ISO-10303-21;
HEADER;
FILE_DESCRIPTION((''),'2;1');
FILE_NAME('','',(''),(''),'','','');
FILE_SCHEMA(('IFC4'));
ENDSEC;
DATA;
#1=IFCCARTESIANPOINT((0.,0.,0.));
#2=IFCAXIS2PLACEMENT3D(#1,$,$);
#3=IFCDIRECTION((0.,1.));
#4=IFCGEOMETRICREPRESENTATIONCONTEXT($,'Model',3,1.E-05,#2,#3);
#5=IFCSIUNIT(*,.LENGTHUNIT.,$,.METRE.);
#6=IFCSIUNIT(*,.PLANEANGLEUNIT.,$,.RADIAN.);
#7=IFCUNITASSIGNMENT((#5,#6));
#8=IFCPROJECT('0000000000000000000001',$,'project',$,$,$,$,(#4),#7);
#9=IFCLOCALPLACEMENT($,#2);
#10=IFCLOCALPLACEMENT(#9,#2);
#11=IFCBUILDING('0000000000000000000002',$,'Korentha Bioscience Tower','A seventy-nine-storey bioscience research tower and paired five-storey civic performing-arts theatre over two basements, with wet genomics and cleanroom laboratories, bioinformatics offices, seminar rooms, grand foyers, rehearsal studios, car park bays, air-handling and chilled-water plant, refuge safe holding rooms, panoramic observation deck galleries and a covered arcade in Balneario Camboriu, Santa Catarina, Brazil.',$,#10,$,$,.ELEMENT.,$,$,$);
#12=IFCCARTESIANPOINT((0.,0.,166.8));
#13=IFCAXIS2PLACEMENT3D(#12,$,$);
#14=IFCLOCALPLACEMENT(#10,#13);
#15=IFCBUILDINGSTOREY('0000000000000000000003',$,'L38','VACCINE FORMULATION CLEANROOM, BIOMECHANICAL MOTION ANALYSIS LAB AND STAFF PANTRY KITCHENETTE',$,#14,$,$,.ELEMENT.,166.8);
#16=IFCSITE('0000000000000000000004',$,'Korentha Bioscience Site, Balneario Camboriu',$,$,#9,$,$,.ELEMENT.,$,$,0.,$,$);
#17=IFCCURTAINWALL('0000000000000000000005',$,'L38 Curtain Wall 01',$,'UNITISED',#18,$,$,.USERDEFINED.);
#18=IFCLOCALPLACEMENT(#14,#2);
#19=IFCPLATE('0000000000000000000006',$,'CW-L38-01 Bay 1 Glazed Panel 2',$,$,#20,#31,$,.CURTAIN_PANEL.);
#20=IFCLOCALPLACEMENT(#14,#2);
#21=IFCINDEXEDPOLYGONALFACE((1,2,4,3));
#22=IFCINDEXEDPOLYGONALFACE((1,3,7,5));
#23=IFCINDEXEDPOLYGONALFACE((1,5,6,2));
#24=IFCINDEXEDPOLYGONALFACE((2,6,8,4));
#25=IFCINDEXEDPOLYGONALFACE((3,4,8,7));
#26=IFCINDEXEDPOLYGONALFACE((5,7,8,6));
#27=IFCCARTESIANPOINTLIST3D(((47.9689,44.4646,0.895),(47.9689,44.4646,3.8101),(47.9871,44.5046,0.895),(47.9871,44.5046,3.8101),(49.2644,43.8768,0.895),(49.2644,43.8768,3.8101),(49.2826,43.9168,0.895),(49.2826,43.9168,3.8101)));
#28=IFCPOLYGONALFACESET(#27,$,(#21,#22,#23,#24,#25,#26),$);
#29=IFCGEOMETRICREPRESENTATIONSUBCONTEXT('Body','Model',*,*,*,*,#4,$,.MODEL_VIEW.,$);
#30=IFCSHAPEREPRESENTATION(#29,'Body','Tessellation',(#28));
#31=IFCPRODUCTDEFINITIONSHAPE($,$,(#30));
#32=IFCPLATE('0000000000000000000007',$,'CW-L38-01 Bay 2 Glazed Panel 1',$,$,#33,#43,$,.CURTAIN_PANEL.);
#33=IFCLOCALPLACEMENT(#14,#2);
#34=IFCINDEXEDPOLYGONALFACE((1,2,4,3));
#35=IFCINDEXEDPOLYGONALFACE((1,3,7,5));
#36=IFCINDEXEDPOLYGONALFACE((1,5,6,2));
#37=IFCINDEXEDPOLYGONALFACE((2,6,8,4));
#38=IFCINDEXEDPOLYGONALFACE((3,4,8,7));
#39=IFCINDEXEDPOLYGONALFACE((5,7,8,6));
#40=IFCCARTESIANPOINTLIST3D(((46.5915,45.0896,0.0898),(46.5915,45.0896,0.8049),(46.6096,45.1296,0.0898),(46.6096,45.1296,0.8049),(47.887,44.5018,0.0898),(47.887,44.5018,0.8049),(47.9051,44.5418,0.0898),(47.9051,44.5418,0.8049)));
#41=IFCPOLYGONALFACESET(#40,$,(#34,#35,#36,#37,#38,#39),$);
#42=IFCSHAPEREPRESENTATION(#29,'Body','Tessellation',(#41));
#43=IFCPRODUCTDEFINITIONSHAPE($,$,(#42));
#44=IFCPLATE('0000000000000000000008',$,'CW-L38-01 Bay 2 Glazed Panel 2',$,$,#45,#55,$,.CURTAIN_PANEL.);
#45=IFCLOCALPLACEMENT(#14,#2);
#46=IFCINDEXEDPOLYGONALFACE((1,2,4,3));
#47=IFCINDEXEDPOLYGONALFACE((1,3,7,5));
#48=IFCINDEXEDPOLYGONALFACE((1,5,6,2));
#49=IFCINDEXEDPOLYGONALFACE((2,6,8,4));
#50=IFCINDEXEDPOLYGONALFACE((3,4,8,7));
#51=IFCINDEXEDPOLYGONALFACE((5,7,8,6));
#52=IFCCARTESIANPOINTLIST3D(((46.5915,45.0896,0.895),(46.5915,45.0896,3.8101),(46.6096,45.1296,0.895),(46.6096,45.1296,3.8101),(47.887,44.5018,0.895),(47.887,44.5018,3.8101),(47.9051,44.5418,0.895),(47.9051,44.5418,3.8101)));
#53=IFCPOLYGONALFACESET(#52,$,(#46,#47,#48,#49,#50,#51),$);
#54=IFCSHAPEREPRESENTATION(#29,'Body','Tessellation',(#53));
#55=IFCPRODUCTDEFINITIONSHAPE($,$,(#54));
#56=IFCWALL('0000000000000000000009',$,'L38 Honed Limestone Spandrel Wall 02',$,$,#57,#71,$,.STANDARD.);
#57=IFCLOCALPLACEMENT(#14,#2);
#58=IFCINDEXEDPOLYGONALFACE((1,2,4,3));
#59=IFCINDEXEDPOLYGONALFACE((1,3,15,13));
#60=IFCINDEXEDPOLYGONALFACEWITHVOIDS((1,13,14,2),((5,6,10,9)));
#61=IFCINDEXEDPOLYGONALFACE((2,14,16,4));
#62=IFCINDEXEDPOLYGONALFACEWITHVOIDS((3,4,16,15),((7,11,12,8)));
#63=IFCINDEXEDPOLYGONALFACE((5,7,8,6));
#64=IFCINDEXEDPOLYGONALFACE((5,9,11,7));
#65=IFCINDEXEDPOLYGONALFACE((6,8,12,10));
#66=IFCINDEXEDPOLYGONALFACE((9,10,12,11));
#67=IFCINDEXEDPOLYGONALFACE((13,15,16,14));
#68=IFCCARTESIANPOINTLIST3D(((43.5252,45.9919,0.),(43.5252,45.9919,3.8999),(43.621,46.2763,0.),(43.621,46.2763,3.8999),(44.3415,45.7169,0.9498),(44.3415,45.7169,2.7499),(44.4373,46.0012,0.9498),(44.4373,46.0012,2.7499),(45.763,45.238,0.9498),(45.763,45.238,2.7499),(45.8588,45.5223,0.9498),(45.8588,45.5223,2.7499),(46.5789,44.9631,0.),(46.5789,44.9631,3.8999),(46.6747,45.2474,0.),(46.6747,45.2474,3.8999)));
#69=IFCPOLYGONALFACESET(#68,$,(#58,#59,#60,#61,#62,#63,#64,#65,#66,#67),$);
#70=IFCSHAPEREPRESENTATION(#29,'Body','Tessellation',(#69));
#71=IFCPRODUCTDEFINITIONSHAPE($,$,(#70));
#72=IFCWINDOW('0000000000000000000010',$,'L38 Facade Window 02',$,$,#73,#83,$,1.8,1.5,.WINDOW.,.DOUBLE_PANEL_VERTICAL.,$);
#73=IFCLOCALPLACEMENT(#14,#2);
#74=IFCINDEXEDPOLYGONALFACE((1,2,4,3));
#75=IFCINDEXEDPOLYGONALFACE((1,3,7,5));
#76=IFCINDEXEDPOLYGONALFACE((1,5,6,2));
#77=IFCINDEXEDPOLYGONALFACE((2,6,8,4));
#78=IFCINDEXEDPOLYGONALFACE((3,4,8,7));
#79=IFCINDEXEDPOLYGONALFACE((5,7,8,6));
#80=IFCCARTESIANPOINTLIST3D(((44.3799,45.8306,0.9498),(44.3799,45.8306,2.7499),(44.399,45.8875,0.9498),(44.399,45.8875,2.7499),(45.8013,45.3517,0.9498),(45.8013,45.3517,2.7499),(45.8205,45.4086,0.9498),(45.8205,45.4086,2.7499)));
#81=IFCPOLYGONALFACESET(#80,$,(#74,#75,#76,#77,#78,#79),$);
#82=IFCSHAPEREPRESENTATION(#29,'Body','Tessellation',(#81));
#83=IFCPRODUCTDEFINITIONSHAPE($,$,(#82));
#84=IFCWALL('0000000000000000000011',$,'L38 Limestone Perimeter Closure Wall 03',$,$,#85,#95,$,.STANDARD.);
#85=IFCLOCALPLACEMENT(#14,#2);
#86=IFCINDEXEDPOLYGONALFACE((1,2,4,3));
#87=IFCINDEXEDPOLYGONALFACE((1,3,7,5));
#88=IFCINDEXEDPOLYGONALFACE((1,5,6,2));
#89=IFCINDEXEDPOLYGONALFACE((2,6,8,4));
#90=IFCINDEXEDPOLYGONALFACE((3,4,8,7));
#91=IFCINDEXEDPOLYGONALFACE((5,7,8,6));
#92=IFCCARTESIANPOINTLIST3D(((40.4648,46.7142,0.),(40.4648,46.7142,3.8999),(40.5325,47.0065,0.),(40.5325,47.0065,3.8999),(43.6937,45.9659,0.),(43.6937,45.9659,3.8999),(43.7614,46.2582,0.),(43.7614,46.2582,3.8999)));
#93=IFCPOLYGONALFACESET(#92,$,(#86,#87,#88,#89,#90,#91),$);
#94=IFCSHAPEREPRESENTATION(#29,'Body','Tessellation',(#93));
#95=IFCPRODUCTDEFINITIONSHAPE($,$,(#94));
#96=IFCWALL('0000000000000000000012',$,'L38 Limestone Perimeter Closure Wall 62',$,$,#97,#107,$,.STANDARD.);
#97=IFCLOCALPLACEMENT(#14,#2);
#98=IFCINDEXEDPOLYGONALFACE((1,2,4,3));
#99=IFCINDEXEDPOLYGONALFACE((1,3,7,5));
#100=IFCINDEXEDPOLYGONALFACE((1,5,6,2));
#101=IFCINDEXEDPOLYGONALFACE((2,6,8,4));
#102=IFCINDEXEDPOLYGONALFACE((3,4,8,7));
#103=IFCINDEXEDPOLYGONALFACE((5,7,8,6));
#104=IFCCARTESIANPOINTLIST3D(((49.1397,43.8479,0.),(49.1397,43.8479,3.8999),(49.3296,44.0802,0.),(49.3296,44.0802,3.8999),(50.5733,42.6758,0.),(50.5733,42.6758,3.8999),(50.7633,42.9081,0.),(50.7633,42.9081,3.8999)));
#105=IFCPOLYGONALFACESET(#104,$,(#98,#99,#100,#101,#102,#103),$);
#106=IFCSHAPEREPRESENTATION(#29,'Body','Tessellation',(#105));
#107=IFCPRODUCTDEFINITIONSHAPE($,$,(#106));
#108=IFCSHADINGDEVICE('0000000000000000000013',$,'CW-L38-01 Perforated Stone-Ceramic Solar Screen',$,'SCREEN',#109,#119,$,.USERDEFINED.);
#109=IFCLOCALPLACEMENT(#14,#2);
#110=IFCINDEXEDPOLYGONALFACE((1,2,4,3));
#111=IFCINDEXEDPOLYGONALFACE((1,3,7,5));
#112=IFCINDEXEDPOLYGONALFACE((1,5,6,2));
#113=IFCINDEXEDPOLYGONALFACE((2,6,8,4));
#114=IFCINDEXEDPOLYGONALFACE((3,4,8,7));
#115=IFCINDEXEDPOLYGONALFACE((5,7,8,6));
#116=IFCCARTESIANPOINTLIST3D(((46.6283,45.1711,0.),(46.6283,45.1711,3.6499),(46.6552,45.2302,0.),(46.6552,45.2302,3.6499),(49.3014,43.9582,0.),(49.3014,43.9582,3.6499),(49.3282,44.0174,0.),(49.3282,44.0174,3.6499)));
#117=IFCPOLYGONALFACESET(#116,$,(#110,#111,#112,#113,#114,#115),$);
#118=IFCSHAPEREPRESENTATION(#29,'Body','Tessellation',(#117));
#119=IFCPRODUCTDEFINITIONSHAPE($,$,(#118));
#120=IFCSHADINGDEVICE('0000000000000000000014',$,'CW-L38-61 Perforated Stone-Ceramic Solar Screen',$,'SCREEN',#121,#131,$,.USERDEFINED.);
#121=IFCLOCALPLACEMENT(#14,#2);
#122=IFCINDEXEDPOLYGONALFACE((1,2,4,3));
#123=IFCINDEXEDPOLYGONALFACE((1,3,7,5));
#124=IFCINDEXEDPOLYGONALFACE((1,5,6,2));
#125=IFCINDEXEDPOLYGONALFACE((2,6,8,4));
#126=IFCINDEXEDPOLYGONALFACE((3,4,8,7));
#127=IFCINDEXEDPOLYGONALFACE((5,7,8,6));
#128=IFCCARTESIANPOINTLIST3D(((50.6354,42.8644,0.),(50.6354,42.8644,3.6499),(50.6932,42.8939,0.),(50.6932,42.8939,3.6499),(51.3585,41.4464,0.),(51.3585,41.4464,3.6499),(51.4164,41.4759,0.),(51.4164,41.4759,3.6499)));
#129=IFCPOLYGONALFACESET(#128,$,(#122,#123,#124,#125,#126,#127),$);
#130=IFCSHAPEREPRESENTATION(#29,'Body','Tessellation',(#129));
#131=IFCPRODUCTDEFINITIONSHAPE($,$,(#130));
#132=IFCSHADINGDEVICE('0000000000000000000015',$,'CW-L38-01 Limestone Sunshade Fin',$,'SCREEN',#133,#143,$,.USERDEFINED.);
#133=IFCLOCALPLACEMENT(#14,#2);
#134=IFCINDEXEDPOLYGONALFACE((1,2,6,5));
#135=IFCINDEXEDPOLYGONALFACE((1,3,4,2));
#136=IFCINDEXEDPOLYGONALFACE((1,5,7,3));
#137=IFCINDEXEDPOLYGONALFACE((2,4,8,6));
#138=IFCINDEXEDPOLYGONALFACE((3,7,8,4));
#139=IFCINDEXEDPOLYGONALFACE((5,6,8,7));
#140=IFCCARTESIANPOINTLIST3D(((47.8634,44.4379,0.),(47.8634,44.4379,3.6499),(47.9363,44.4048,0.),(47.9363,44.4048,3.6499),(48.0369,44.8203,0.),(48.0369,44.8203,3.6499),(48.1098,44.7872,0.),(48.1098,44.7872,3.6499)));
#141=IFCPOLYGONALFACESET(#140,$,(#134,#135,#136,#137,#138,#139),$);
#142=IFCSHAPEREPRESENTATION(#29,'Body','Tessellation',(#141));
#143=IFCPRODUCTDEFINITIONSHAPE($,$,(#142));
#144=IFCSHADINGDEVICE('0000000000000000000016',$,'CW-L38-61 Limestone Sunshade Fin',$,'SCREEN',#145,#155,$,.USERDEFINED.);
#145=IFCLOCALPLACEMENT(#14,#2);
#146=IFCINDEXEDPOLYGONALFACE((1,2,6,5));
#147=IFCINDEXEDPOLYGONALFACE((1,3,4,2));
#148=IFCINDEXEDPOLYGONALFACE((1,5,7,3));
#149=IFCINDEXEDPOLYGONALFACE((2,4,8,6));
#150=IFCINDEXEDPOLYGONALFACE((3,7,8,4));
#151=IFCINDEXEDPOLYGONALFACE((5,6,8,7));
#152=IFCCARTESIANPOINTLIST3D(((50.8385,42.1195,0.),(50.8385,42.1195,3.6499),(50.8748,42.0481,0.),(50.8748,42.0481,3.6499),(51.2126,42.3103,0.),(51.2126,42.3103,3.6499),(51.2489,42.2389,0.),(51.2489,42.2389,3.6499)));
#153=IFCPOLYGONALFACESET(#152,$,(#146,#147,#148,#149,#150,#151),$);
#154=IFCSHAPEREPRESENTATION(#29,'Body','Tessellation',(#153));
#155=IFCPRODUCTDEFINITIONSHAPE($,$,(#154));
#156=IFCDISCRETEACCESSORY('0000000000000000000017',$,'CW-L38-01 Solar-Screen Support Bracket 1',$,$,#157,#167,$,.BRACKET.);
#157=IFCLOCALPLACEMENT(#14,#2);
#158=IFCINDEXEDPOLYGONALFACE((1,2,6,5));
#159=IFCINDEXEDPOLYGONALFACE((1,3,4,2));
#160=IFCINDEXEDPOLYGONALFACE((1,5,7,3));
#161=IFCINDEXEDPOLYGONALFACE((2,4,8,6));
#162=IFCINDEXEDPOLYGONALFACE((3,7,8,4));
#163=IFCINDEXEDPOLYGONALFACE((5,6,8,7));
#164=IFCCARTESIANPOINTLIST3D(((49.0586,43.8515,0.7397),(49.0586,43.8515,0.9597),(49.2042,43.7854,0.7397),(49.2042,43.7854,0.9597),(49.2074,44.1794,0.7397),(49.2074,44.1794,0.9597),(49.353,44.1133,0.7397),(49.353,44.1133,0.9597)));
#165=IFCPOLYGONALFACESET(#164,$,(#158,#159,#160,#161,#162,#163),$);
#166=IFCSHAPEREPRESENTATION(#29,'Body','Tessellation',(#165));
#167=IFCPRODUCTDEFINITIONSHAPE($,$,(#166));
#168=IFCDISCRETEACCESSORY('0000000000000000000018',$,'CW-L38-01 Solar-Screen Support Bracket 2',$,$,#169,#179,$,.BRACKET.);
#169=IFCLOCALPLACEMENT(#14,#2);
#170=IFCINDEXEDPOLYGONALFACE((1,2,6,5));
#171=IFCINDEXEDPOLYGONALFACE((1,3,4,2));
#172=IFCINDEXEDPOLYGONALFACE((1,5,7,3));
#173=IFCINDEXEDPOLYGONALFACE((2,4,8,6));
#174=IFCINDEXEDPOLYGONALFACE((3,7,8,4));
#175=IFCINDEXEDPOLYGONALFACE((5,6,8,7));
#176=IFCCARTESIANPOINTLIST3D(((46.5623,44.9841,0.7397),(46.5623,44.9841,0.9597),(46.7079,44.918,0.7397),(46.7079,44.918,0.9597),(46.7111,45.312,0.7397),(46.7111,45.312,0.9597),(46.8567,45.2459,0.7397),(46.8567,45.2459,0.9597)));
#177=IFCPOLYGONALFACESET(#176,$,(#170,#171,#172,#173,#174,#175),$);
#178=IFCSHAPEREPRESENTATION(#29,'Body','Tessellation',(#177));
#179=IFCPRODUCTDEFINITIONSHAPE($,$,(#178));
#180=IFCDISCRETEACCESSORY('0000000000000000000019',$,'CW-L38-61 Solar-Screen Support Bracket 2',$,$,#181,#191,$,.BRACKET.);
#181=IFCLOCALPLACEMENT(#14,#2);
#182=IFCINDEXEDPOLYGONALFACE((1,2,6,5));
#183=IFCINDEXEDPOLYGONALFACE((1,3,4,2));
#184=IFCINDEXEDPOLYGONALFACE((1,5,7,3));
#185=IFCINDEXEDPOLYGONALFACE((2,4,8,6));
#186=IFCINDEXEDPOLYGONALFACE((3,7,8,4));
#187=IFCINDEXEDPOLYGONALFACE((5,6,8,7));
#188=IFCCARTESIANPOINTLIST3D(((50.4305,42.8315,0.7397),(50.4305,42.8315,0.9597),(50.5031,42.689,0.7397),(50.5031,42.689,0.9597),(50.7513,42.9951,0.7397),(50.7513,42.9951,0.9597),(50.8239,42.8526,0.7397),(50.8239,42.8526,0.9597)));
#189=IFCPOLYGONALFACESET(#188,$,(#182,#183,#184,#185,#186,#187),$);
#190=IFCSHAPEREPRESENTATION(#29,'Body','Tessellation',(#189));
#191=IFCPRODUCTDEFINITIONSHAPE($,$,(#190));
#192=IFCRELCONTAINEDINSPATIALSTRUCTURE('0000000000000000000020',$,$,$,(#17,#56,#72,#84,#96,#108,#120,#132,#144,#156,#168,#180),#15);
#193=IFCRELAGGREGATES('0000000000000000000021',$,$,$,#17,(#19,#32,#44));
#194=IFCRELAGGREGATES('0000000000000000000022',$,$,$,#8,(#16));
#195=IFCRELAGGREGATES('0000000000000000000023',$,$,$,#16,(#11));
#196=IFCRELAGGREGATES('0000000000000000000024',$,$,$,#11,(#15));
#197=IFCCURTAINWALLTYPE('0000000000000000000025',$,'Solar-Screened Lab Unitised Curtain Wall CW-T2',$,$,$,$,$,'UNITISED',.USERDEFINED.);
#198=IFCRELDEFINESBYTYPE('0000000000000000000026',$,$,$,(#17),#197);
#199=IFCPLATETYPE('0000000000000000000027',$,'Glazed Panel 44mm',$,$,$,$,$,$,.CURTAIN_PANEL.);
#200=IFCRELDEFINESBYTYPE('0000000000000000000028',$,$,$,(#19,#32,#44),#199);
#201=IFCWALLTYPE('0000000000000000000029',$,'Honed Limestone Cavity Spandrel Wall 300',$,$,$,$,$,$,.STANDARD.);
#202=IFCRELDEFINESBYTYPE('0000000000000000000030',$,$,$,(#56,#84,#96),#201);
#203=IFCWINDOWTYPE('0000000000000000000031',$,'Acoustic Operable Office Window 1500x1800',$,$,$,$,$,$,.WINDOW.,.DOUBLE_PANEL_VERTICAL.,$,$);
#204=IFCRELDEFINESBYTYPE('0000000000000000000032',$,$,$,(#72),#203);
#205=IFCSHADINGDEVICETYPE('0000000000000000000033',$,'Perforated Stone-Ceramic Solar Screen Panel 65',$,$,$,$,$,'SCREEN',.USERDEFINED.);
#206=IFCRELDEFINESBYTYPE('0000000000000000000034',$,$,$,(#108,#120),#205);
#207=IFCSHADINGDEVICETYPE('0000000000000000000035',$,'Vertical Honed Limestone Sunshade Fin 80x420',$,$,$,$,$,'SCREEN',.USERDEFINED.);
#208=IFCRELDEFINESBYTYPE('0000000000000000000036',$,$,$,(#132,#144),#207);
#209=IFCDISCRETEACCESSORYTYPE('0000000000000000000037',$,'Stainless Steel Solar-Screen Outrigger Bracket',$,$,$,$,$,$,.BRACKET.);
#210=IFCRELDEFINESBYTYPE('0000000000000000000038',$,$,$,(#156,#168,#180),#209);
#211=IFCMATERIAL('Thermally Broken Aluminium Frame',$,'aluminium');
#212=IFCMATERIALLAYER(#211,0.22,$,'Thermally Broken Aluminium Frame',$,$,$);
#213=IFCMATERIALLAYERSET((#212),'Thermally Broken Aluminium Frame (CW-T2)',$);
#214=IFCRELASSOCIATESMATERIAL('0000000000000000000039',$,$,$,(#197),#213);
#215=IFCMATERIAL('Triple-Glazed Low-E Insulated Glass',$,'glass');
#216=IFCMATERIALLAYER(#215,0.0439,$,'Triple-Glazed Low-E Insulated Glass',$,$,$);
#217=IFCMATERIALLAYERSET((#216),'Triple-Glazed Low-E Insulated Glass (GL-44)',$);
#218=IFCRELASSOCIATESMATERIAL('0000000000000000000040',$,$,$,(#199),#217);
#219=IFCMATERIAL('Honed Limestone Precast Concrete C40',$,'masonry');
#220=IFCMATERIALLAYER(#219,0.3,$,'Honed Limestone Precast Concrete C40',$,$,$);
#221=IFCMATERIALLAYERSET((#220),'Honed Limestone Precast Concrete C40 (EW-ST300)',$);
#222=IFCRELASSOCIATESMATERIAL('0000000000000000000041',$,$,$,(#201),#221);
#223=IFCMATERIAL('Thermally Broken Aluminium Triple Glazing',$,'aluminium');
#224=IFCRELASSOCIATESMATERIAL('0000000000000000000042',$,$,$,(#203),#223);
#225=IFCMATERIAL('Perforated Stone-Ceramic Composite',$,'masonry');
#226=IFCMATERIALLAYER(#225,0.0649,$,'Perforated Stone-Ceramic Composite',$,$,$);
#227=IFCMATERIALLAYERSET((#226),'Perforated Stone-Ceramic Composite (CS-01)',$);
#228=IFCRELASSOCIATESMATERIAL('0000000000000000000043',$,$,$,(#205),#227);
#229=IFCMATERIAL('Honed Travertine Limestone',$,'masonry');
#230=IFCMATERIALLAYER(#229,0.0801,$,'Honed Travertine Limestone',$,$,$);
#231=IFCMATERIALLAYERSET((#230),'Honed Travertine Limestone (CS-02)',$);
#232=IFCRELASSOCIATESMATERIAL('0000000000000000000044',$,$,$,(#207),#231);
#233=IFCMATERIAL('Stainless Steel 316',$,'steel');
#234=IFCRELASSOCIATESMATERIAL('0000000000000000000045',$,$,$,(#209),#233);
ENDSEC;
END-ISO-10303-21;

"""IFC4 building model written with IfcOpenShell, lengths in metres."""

from ifc_helpers import new_model, si_unit, direction, frame, frame_2d, origin, origin_2d, place, context, subcontext, project, spatial, rectangle, extrude, material, layer, layer_set, type_object, element, fill, aggregate, save


model = new_model("IFC4")

# Units and contexts
model_context = context("Model", 3, precision=1e-05, world=origin(), true_north=direction((0.0, 1.0)))
body_context = subcontext(model_context, "Body", "Model", "MODEL_VIEW")
ifc_project = project(units=[si_unit("LENGTHUNIT", "METRE"), si_unit("PLANEANGLEUNIT", "RADIAN")], contexts=[model_context])

# Site, building, storey
site_placement = place(None, origin())
site = spatial("IfcSite", under=ifc_project, at=site_placement, Name="Korentha Bioscience Site, Balneario Camboriu", CompositionType="ELEMENT", RefElevation=0.0)
building_placement = place(site_placement, origin())
building = spatial("IfcBuilding", under=site, at=building_placement, Name="Korentha Bioscience Tower", Description="A seventy-nine-storey bioscience research tower and paired five-storey civic performing-arts theatre over two basements, with wet genomics and cleanroom laboratories, bioinformatics offices, seminar rooms, grand foyers, rehearsal studios, car park bays, air-handling and chilled-water plant, refuge safe holding rooms, panoramic observation deck galleries and a covered arcade in Balneario Camboriu, Santa Catarina, Brazil.", CompositionType="ELEMENT")
storey_placement = place(building_placement, frame((0.0, 0.0, 166.8)))
storey = spatial("IfcBuildingStorey", under=building, at=storey_placement, Name="L38", Description="VACCINE FORMULATION CLEANROOM, BIOMECHANICAL MOTION ANALYSIS LAB AND STAFF PANTRY KITCHENETTE", CompositionType="ELEMENT", Elevation=166.8)

# Curtain wall
ifc_material_1 = material(Name="Thermally Broken Aluminium Frame", Category="aluminium")
ifc_layer_1 = layer(ifc_material_1, 0.22, Name="Thermally Broken Aluminium Frame")
ifc_layer_set_1 = layer_set([ifc_layer_1], Name="Thermally Broken Aluminium Frame (CW-T2)")
curtain_wall_type = type_object("IfcCurtainWallType", Name="Solar-Screened Lab Unitised Curtain Wall CW-T2", ElementType="UNITISED", PredefinedType="USERDEFINED", material=ifc_layer_set_1)
curtain_wall_1_placement = place(storey_placement, origin())
curtain_wall_1 = element("IfcCurtainWall", 1, at=curtain_wall_1_placement, inside=storey, type_object=curtain_wall_type, Name="L38 Curtain Wall 01", ObjectType="UNITISED", PredefinedType="USERDEFINED")

# Plates
ifc_material_2 = material(Name="Triple-Glazed Low-E Insulated Glass", Category="glass")
ifc_layer_2 = layer(ifc_material_2, 0.0439, Name="Triple-Glazed Low-E Insulated Glass")
ifc_layer_set_2 = layer_set([ifc_layer_2], Name="Triple-Glazed Low-E Insulated Glass (GL-44)")
plate_type = type_object("IfcPlateType", Name="Glazed Panel 44mm", PredefinedType="CURTAIN_PANEL", material=ifc_layer_set_2)
plate_1_placement = place(storey_placement, frame((48.6257, 44.1907, 0.895), z_axis=(0.0, 0.0, 1.0), x_axis=(-0.910644, 0.413191, 0.0)))
plate_1 = element("IfcPlate", 2, at=plate_1_placement, type_object=plate_type, Name="CW-L38-01 Bay 1 Glazed Panel 2", PredefinedType="CURTAIN_PANEL", context=body_context, shape_type="SweptSolid", body=[
    extrude(rectangle(XDim=1.4226, YDim=0.0439, at=origin_2d()), origin(), (0.0, 0.0, 1.0), 2.915),
])
plate_2_placement = place(storey_placement, frame((47.2483, 44.8157, 0.0898), z_axis=(0.0, 0.0, 1.0), x_axis=(-0.910644, 0.413191, 0.0)))
plate_2 = element("IfcPlate", 3, at=plate_2_placement, type_object=plate_type, Name="CW-L38-01 Bay 2 Glazed Panel 1", PredefinedType="CURTAIN_PANEL", context=body_context, shape_type="SweptSolid", body=[
    extrude(rectangle(XDim=1.4226, YDim=0.0439, at=origin_2d()), origin(), (0.0, 0.0, 1.0), 0.7151),
])
plate_3_placement = place(storey_placement, frame((47.2483, 44.8157, 0.895), z_axis=(0.0, 0.0, 1.0), x_axis=(-0.910644, 0.413191, 0.0)))
plate_3 = element("IfcPlate", 4, at=plate_3_placement, type_object=plate_type, Name="CW-L38-01 Bay 2 Glazed Panel 2", PredefinedType="CURTAIN_PANEL", context=body_context, shape_type="SweptSolid", body=[
    extrude(rectangle(XDim=1.4226, YDim=0.0439, at=origin_2d()), origin(), (0.0, 0.0, 1.0), 2.915),
])
aggregate(curtain_wall_1, [plate_1, plate_2, plate_3])

# Wall, opening, window
ifc_material_3 = material(Name="Honed Limestone Precast Concrete C40", Category="masonry")
ifc_layer_3 = layer(ifc_material_3, 0.3, Name="Honed Limestone Precast Concrete C40")
ifc_layer_set_3 = layer_set([ifc_layer_3], Name="Honed Limestone Precast Concrete C40 (EW-ST300)")
wall_type = type_object("IfcWallType", Name="Honed Limestone Cavity Spandrel Wall 300", PredefinedType="STANDARD", material=ifc_layer_set_3)
wall_1_placement = place(storey_placement, frame((46.627, 45.1052, 0.0), z_axis=(0.0, 0.0, 1.0), x_axis=(-0.947663, 0.319272, 0.0)))
wall_1 = element("IfcWall", 5, at=wall_1_placement, inside=storey, type_object=wall_type, Name="L38 Honed Limestone Spandrel Wall 02", PredefinedType="STANDARD", context=body_context, shape_type="SweptSolid", body=[
    extrude(rectangle(XDim=3.2224, YDim=0.3, at=frame_2d((1.6113, 0.0))), origin(), (0.0, 0.0, 1.0), 3.8999),
])
opening_placement = place(wall_1_placement, frame((0.8611, 0.0, 0.95)))
opening = element("IfcOpeningElement", 6, at=opening_placement, cuts=wall_1, PredefinedType="OPENING", context=body_context, shape_type="SweptSolid", body=[
    extrude(rectangle(XDim=1.5, YDim=1.8, at=frame_2d((0.75, 0.8999))), frame((0.0, 0.165, 0.0), z_axis=(0.0, -1.0, 0.0), x_axis=(1.0, 0.0, 0.0)), (0.0, 0.0, 1.0), 0.3298),
])
ifc_material_4 = material(Name="Thermally Broken Aluminium Triple Glazing", Category="aluminium")
window_type = type_object("IfcWindowType", Name="Acoustic Operable Office Window 1500x1800", PartitioningType="DOUBLE_PANEL_VERTICAL", PredefinedType="WINDOW", material=ifc_material_4)
window_placement = place(opening_placement, origin())
window = element("IfcWindow", 7, at=window_placement, inside=storey, type_object=window_type, Name="L38 Facade Window 02", OverallHeight=1.8, OverallWidth=1.5, PartitioningType="DOUBLE_PANEL_VERTICAL", PredefinedType="WINDOW", context=body_context, shape_type="SweptSolid", body=[
    extrude(rectangle(XDim=1.5, YDim=1.8, at=frame_2d((0.75, 0.8999))), frame((0.0, 0.03, 0.0), z_axis=(0.0, -1.0, 0.0), x_axis=(1.0, 0.0, 0.0)), (0.0, 0.0, 1.0), 0.0601),
])
fill(opening, window)

# Walls
wall_2_placement = place(storey_placement, frame((43.7275, 46.1121, 0.0), z_axis=(0.0, 0.0, 1.0), x_axis=(-0.97418, 0.225774, 0.0)))
element("IfcWall", 8, at=wall_2_placement, inside=storey, type_object=wall_type, Name="L38 Limestone Perimeter Closure Wall 03", PredefinedType="STANDARD", context=body_context, shape_type="SweptSolid", body=[
    extrude(rectangle(XDim=3.3145, YDim=0.3, at=frame_2d((1.6572, 0.0))), origin(), (0.0, 0.0, 1.0), 3.8999),
])
wall_3_placement = place(storey_placement, frame((50.6682, 42.792, 0.0), z_axis=(0.0, 0.0, 1.0), x_axis=(-0.774175, 0.632972, 0.0)))
element("IfcWall", 9, at=wall_3_placement, inside=storey, type_object=wall_type, Name="L38 Limestone Perimeter Closure Wall 62", PredefinedType="STANDARD", context=body_context, shape_type="SweptSolid", body=[
    extrude(rectangle(XDim=1.8518, YDim=0.3, at=frame_2d((0.9258, 0.0))), origin(), (0.0, 0.0, 1.0), 3.8999),
])

# Shading devices
ifc_material_5 = material(Name="Perforated Stone-Ceramic Composite", Category="masonry")
ifc_layer_4 = layer(ifc_material_5, 0.0649, Name="Perforated Stone-Ceramic Composite")
ifc_layer_set_4 = layer_set([ifc_layer_4], Name="Perforated Stone-Ceramic Composite (CS-01)")
shading_device_type_1 = type_object("IfcShadingDeviceType", Name="Perforated Stone-Ceramic Solar Screen Panel 65", ElementType="SCREEN", PredefinedType="USERDEFINED", material=ifc_layer_set_4)
shading_device_1_placement = place(storey_placement, frame((47.9783, 44.5942, 0.0), z_axis=(0.0, 0.0, 1.0), x_axis=(-0.910644, 0.413191, 0.0)))
element("IfcShadingDevice", 10, at=shading_device_1_placement, inside=storey, type_object=shading_device_type_1, Name="CW-L38-01 Perforated Stone-Ceramic Solar Screen", ObjectType="SCREEN", PredefinedType="USERDEFINED", context=body_context, shape_type="SweptSolid", body=[
    extrude(rectangle(XDim=2.9353, YDim=0.0649, at=origin_2d()), origin(), (0.0, 0.0, 1.0), 3.6499),
])
shading_device_2_placement = place(storey_placement, frame((51.0259, 42.1702, 0.0), z_axis=(0.0, 0.0, 1.0), x_axis=(-0.454288, 0.890855, 0.0)))
element("IfcShadingDevice", 11, at=shading_device_2_placement, inside=storey, type_object=shading_device_type_1, Name="CW-L38-61 Perforated Stone-Ceramic Solar Screen", ObjectType="SCREEN", PredefinedType="USERDEFINED", context=body_context, shape_type="SweptSolid", body=[
    extrude(rectangle(XDim=1.5918, YDim=0.0649, at=origin_2d()), origin(), (0.0, 0.0, 1.0), 3.6499),
])
ifc_material_6 = material(Name="Honed Travertine Limestone", Category="masonry")
ifc_layer_5 = layer(ifc_material_6, 0.0801, Name="Honed Travertine Limestone")
ifc_layer_set_5 = layer_set([ifc_layer_5], Name="Honed Travertine Limestone (CS-02)")
shading_device_type_2 = type_object("IfcShadingDeviceType", Name="Vertical Honed Limestone Sunshade Fin 80x420", ElementType="SCREEN", PredefinedType="USERDEFINED", material=ifc_layer_set_5)
for number, where, z_axis, x_axis, name in (
    (12, (47.9866, 44.6125, 0.0), (0.0, 0.0, 1.0), (-0.910644, 0.413191, 0.0), "CW-L38-01 Limestone Sunshade Fin"),
    (13, (51.0437, 42.1792, 0.0), (0.0, 0.0, 1.0), (-0.454288, 0.890855, 0.0), "CW-L38-61 Limestone Sunshade Fin"),
):
    element("IfcShadingDevice", number, at=place(storey_placement, frame(where, z_axis=z_axis, x_axis=x_axis)), inside=storey, type_object=shading_device_type_2, Name=name, ObjectType="SCREEN", PredefinedType="USERDEFINED", context=body_context, shape_type="SweptSolid", body=[
        extrude(rectangle(XDim=0.0801, YDim=0.4199, at=origin_2d()), origin(), (0.0, 0.0, 1.0), 3.6499),
    ])

# Discrete accessories
ifc_material_7 = material(Name="Stainless Steel 316", Category="steel")
discrete_accessory_type = type_object("IfcDiscreteAccessoryType", Name="Stainless Steel Solar-Screen Outrigger Bracket", PredefinedType="BRACKET", material=ifc_material_7)
for number, where, z_axis, x_axis, name in (
    (14, (49.2058, 43.9824, 0.7397), (0.0, 0.0, 1.0), (-0.910644, 0.413191, 0.0), "CW-L38-01 Solar-Screen Support Bracket 1"),
    (15, (46.7095, 45.115, 0.7397), (0.0, 0.0, 1.0), (-0.910644, 0.413191, 0.0), "CW-L38-01 Solar-Screen Support Bracket 2"),
    (16, (50.6272, 42.842, 0.7397), (0.0, 0.0, 1.0), (-0.454288, 0.890855, 0.0), "CW-L38-61 Solar-Screen Support Bracket 2"),
):
    element("IfcDiscreteAccessory", number, at=place(storey_placement, frame(where, z_axis=z_axis, x_axis=x_axis)), inside=storey, type_object=discrete_accessory_type, Name=name, PredefinedType="BRACKET", context=body_context, shape_type="SweptSolid", body=[
        extrude(rectangle(XDim=0.1599, YDim=0.3601, at=origin_2d()), origin(), (0.0, 0.0, 1.0), 0.22),
    ])

save(model, "model.ifc")
